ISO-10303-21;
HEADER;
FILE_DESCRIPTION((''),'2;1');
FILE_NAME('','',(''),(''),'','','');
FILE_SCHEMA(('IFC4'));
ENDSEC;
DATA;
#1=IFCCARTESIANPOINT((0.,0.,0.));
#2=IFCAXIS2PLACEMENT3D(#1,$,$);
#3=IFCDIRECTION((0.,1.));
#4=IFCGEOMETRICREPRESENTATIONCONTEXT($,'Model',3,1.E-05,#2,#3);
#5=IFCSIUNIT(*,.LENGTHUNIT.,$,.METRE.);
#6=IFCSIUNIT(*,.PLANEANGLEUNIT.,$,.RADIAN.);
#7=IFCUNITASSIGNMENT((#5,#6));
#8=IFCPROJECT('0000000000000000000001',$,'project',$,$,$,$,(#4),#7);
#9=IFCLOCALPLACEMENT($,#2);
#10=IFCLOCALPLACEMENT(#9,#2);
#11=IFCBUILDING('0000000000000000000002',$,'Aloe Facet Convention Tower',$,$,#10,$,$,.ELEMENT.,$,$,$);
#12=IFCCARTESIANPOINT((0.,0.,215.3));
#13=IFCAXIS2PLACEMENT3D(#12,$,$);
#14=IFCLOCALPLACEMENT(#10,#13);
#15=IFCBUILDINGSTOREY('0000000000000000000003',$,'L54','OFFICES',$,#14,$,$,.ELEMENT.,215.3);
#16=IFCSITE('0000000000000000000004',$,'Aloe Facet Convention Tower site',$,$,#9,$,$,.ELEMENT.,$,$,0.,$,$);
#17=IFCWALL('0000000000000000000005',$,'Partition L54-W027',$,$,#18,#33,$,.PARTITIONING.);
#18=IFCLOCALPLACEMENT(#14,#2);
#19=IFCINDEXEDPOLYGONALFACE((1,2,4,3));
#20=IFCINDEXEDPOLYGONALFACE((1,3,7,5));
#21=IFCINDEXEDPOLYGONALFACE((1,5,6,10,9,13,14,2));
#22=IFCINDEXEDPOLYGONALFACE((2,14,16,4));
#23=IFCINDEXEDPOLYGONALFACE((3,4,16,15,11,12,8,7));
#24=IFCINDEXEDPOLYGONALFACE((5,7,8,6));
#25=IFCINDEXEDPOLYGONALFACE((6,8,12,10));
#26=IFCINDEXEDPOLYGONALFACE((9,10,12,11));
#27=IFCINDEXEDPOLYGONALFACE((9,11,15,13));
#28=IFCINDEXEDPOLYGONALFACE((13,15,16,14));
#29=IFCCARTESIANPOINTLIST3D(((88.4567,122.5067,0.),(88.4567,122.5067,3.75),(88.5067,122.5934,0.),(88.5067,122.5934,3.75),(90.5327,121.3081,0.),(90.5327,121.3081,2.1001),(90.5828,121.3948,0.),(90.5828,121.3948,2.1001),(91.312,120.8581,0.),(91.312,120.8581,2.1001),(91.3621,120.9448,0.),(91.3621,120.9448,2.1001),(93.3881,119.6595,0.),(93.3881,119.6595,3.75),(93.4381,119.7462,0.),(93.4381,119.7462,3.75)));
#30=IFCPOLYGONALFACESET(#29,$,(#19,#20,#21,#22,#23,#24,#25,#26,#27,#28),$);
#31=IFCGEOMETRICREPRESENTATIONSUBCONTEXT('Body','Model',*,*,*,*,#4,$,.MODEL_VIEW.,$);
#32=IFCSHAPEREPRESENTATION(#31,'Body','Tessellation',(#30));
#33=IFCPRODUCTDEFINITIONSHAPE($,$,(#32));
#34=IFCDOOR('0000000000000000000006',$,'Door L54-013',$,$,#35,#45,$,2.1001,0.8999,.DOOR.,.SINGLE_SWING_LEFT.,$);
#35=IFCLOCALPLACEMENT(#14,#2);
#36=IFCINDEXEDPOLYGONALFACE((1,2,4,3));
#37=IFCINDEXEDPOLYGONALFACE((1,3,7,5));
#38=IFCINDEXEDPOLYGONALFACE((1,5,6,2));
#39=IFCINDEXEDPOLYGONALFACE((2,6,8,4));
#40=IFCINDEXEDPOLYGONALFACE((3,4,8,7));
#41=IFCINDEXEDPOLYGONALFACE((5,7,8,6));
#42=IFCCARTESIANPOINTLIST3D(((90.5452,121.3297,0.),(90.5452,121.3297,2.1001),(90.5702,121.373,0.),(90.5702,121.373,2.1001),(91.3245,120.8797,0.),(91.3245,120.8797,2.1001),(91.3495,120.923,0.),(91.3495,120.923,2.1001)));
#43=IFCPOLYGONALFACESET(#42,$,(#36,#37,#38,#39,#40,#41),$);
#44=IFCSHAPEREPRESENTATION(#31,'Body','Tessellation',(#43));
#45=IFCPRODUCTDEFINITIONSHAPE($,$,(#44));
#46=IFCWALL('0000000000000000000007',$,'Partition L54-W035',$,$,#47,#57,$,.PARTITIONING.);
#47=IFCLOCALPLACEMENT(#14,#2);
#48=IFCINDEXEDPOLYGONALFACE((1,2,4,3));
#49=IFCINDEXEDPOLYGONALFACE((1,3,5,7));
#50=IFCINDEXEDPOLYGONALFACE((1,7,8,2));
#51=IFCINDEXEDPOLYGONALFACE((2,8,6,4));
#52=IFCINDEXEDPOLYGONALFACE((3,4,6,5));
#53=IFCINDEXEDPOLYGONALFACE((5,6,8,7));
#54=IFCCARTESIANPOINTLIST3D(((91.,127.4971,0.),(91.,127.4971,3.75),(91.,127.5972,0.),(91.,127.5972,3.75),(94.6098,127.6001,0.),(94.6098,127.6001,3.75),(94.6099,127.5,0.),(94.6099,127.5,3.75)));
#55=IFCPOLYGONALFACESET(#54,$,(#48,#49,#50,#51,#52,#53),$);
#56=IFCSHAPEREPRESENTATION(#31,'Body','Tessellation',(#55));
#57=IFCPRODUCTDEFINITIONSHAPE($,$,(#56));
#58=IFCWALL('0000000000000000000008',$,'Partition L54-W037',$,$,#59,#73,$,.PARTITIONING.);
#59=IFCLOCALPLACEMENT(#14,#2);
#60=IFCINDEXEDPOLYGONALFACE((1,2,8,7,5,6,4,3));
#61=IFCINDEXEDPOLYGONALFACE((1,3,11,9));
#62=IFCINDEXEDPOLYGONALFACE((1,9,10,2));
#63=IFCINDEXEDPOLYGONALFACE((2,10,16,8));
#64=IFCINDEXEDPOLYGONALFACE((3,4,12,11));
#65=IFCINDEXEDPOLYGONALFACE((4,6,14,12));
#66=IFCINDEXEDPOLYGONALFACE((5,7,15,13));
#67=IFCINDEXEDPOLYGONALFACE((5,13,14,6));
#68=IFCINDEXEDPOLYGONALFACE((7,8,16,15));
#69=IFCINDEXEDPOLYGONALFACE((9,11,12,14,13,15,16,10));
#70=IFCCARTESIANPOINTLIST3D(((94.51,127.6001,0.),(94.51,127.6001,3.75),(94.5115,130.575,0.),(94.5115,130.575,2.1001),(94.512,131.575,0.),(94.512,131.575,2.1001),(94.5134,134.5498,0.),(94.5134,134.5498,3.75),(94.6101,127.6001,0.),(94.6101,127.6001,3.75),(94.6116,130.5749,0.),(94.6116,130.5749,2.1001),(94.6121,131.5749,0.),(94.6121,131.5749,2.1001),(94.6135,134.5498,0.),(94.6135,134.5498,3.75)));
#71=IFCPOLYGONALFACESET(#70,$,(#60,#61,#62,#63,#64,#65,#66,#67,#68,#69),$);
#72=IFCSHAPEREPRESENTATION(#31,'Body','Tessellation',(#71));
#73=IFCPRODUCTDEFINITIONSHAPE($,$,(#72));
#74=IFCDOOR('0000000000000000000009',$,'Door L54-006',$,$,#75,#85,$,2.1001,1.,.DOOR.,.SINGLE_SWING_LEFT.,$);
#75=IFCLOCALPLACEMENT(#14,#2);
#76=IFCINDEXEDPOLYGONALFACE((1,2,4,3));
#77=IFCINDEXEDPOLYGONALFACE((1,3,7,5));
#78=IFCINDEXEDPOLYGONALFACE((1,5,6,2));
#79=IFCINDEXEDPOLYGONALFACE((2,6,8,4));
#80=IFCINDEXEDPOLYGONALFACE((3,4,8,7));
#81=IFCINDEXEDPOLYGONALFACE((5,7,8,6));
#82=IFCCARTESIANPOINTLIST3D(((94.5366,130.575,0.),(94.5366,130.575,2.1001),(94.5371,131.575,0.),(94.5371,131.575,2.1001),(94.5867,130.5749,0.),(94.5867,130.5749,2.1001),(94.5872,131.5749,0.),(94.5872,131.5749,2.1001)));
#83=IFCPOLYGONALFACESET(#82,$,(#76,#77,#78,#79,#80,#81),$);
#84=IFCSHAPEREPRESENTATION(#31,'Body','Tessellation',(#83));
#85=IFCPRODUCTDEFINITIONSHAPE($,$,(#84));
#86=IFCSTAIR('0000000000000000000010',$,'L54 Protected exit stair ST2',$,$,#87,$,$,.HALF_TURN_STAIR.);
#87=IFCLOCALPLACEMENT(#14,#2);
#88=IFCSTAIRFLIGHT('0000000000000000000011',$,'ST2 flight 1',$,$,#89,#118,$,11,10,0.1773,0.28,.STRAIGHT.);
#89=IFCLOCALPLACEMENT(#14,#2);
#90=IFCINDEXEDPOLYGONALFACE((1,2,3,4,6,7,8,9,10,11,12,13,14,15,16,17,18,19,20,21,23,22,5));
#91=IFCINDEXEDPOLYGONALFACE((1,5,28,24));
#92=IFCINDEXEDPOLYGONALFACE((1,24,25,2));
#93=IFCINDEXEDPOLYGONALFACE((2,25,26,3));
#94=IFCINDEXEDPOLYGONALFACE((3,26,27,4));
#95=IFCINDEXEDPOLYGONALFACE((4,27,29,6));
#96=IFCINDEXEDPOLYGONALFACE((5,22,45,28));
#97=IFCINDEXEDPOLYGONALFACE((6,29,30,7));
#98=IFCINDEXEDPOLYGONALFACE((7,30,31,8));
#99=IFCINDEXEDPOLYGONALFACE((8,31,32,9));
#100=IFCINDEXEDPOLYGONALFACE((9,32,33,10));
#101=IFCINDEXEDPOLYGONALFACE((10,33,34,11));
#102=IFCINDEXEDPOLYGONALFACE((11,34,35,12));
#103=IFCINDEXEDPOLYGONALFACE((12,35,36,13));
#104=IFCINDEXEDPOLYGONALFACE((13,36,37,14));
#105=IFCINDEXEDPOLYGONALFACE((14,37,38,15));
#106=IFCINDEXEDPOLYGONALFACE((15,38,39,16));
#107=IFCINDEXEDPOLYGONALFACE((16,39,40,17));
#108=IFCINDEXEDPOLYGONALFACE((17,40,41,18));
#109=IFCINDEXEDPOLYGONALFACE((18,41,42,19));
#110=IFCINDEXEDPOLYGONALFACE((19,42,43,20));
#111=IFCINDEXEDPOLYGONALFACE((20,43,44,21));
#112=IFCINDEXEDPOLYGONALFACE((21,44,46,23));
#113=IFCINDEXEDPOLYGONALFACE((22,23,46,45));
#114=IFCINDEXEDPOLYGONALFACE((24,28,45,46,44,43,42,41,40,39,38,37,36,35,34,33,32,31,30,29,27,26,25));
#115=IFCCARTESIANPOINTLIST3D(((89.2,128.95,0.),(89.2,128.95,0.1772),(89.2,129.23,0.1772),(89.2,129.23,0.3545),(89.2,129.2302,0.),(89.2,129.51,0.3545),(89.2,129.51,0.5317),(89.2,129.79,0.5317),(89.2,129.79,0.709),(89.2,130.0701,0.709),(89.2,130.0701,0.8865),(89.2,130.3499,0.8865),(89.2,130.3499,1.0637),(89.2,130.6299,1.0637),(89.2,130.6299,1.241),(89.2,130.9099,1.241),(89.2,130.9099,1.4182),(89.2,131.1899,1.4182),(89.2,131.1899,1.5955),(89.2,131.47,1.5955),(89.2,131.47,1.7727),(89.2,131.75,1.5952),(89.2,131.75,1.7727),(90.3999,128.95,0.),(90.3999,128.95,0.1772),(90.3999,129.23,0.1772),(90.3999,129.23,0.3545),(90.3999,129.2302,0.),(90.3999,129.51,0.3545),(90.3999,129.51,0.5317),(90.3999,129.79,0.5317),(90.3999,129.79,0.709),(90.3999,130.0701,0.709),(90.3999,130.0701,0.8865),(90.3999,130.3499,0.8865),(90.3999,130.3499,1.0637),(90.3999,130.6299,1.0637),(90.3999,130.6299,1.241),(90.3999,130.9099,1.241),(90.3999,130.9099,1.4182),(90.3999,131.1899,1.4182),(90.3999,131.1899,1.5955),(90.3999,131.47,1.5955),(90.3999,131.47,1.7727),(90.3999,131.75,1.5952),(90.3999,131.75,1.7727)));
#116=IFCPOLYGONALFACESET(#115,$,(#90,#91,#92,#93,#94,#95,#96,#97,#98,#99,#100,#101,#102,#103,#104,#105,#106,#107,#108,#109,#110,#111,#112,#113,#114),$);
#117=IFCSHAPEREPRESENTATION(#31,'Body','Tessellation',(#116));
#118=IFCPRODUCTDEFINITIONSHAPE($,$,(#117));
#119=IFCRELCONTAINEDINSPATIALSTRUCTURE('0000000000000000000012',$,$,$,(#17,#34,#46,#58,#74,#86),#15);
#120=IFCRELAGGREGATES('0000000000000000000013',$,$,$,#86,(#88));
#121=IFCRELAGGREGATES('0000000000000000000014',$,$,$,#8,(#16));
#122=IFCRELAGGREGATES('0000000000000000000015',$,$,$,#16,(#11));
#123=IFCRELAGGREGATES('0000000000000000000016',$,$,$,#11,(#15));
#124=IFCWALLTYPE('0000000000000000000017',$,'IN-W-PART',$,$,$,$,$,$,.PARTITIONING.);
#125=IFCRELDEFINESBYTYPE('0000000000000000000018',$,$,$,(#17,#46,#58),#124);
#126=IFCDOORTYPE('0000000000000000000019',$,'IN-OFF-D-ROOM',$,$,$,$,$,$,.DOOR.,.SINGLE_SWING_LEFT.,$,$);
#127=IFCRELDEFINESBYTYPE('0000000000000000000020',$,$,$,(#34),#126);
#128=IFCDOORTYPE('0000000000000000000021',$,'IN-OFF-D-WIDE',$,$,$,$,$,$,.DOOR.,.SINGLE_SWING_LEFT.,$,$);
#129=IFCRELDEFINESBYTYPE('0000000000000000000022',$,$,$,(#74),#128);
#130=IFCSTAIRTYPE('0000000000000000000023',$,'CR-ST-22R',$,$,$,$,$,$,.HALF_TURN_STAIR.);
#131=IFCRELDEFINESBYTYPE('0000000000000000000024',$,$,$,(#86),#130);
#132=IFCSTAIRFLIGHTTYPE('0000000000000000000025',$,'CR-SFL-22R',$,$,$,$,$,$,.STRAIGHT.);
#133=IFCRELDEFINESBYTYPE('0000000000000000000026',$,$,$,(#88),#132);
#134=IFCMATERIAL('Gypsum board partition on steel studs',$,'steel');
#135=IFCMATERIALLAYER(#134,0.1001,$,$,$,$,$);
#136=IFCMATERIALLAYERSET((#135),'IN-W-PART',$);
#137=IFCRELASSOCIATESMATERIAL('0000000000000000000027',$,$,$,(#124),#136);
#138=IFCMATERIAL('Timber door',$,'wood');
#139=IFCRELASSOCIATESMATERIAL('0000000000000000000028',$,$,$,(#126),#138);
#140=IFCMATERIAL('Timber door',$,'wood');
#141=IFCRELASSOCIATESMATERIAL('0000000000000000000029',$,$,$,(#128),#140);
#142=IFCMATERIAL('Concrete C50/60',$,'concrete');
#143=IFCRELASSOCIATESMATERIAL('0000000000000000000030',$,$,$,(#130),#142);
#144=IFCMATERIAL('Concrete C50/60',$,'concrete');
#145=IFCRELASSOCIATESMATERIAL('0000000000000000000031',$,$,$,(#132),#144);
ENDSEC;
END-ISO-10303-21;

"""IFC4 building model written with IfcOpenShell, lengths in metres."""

from ifc_helpers import new_model, si_unit, direction, frame, frame_2d, origin, place, context, subcontext, project, spatial, polyline, rectangle, outline, extrude, material, layer, layer_set, type_object, element, fill, aggregate, save


model = new_model("IFC4")

# Units and contexts
model_context = context("Model", 3, precision=1e-05, world=origin(), true_north=direction((0.0, 1.0)))
body_context = subcontext(model_context, "Body", "Model", "MODEL_VIEW")
ifc_project = project(units=[si_unit("LENGTHUNIT", "METRE"), si_unit("PLANEANGLEUNIT", "RADIAN")], contexts=[model_context])

# Site, building, storey
site_placement = place(None, origin())
site = spatial("IfcSite", under=ifc_project, at=site_placement, Name="Aloe Facet Convention Tower site", CompositionType="ELEMENT", RefElevation=0.0)
building_placement = place(site_placement, origin())
building = spatial("IfcBuilding", under=site, at=building_placement, Name="Aloe Facet Convention Tower", CompositionType="ELEMENT")
storey_placement = place(building_placement, frame((0.0, 0.0, 215.3)))
storey = spatial("IfcBuildingStorey", under=building, at=storey_placement, Name="L54", Description="OFFICES", CompositionType="ELEMENT", Elevation=215.3)

# Wall, opening, door
ifc_material_1 = material(Name="Gypsum board partition on steel studs", Category="steel")
ifc_layer = layer(ifc_material_1, 0.1001)
ifc_layer_set = layer_set([ifc_layer], Name="IN-W-PART")
wall_type = type_object("IfcWallType", Name="IN-W-PART", PredefinedType="PARTITIONING", material=ifc_layer_set)
wall_1_placement = place(storey_placement, frame((88.4817, 122.55, 0.0), z_axis=(0.0, 0.0, 1.0), x_axis=(0.866024, -0.500003, 0.0)))
wall_1 = element("IfcWall", 1, at=wall_1_placement, inside=storey, type_object=wall_type, Name="Partition L54-W027", PredefinedType="PARTITIONING", context=body_context, shape_type="SweptSolid", body=[
    extrude(rectangle(XDim=5.6943, YDim=0.1001, at=frame_2d((2.8472, 0.0))), origin(), (0.0, 0.0, 1.0), 3.75),
])
opening_1_placement = place(wall_1_placement, frame((2.3972, 0.0, 0.0)))
opening_1 = element("IfcOpeningElement", 2, at=opening_1_placement, cuts=wall_1, PredefinedType="OPENING", context=body_context, shape_type="SweptSolid", body=[
    extrude(rectangle(XDim=0.8999, YDim=2.1001, at=frame_2d((0.45, 1.05))), frame((0.0, 0.0601, 0.0), z_axis=(0.0, -1.0, 0.0), x_axis=(1.0, 0.0, 0.0)), (0.0, 0.0, 1.0), 0.1201),
])
ifc_material_2 = material(Name="Timber door", Category="wood")
door_type_1 = type_object("IfcDoorType", Name="IN-OFF-D-ROOM", OperationType="SINGLE_SWING_LEFT", PredefinedType="DOOR", material=ifc_material_2)
door_1_placement = place(opening_1_placement, origin())
door_1 = element("IfcDoor", 3, at=door_1_placement, inside=storey, type_object=door_type_1, Name="Door L54-013", OperationType="SINGLE_SWING_LEFT", OverallHeight=2.1001, OverallWidth=0.8999, PredefinedType="DOOR", context=body_context, shape_type="SweptSolid", body=[
    extrude(rectangle(XDim=0.8999, YDim=2.1001, at=frame_2d((0.45, 1.05))), frame((0.0, 0.0249, 0.0), z_axis=(0.0, -1.0, 0.0), x_axis=(1.0, 0.0, 0.0)), (0.0, 0.0, 1.0), 0.05),
])
fill(opening_1, door_1)

# Wall
wall_2_placement = place(storey_placement, frame((91.0, 127.5471, 0.0), z_axis=(0.0, 0.0, 1.0), x_axis=(1.0, 0.000812, 0.0)))
element("IfcWall", 4, at=wall_2_placement, inside=storey, type_object=wall_type, Name="Partition L54-W035", PredefinedType="PARTITIONING", context=body_context, shape_type="SweptSolid", body=[
    extrude(rectangle(XDim=3.6099, YDim=0.1001, at=frame_2d((1.8049, 0.0))), origin(), (0.0, 0.0, 1.0), 3.75),
])

# Wall, opening, door
wall_3_placement = place(storey_placement, frame((94.5601, 127.6001, 0.0), z_axis=(0.0, 0.0, 1.0), x_axis=(0.000492, 1.0, 0.0)))
wall_3 = element("IfcWall", 5, at=wall_3_placement, inside=storey, type_object=wall_type, Name="Partition L54-W037", PredefinedType="PARTITIONING", context=body_context, shape_type="SweptSolid", body=[
    extrude(rectangle(XDim=6.9497, YDim=0.1001, at=frame_2d((3.4749, 0.0))), origin(), (0.0, 0.0, 1.0), 3.75),
])
opening_2_placement = place(wall_3_placement, frame((2.9749, 0.0, 0.0)))
opening_2 = element("IfcOpeningElement", 6, at=opening_2_placement, cuts=wall_3, PredefinedType="OPENING", context=body_context, shape_type="SweptSolid", body=[
    extrude(rectangle(XDim=1.0, YDim=2.1001, at=frame_2d((0.5, 1.05))), frame((0.0, 0.0601, 0.0), z_axis=(0.0, -1.0, 0.0), x_axis=(1.0, 0.0, 0.0)), (0.0, 0.0, 1.0), 0.1201),
])
ifc_material_3 = material(Name="Timber door", Category="wood")
door_type_2 = type_object("IfcDoorType", Name="IN-OFF-D-WIDE", OperationType="SINGLE_SWING_LEFT", PredefinedType="DOOR", material=ifc_material_3)
door_2_placement = place(opening_2_placement, origin())
door_2 = element("IfcDoor", 7, at=door_2_placement, inside=storey, type_object=door_type_2, Name="Door L54-006", OperationType="SINGLE_SWING_LEFT", OverallHeight=2.1001, OverallWidth=1.0, PredefinedType="DOOR", context=body_context, shape_type="SweptSolid", body=[
    extrude(rectangle(XDim=1.0, YDim=2.1001, at=frame_2d((0.5, 1.05))), frame((0.0, 0.0249, 0.0), z_axis=(0.0, -1.0, 0.0), x_axis=(1.0, 0.0, 0.0)), (0.0, 0.0, 1.0), 0.05),
])
fill(opening_2, door_2)

# Stair, stair flight
ifc_material_4 = material(Name="Concrete C50/60", Category="concrete")
stair_type = type_object("IfcStairType", Name="CR-ST-22R", PredefinedType="HALF_TURN_STAIR", material=ifc_material_4)
stair_placement = place(storey_placement, origin())
stair = element("IfcStair", 8, at=stair_placement, inside=storey, type_object=stair_type, Name="L54 Protected exit stair ST2", PredefinedType="HALF_TURN_STAIR")
ifc_material_5 = material(Name="Concrete C50/60", Category="concrete")
stair_flight_type = type_object("IfcStairFlightType", Name="CR-SFL-22R", PredefinedType="STRAIGHT", material=ifc_material_5)
stair_flight_placement = place(storey_placement, frame((89.8, 128.95, 0.0), z_axis=(0.0, 0.0, 1.0), x_axis=(0.0, 1.0, 0.0)))
stair_flight = element("IfcStairFlight", 9, at=stair_flight_placement, type_object=stair_flight_type, Name="ST2 flight 1", NumberOfRisers=11, NumberOfTreads=10, PredefinedType="STRAIGHT", RiserHeight=0.1773, TreadLength=0.28, context=body_context, shape_type="SweptSolid", body=[
    extrude(outline(polyline([(0.0, 0.0), (0.0, 0.1772), (0.28, 0.1772), (0.28, 0.3545), (0.5601, 0.3545), (0.5601, 0.5317), (0.8401, 0.5317), (0.8401, 0.709), (1.1201, 0.709), (1.1201, 0.8865), (1.3999, 0.8865), (1.3999, 1.0637), (1.6799, 1.0637), (1.6799, 1.241), (1.96, 1.241), (1.96, 1.4182), (2.24, 1.4182), (2.24, 1.5955), (2.52, 1.5955), (2.52, 1.7727), (2.8, 1.7727), (2.8, 1.95), (2.8, 1.5952), (0.2803, 0.0), (0.0, 0.0)])), frame((0.0, 0.6001, 0.0), z_axis=(0.0, -1.0, 0.0), x_axis=(1.0, 0.0, 0.0)), (0.0, 0.0, 1.0), 1.2),
])
aggregate(stair, [stair_flight])

save(model, "model.ifc")
